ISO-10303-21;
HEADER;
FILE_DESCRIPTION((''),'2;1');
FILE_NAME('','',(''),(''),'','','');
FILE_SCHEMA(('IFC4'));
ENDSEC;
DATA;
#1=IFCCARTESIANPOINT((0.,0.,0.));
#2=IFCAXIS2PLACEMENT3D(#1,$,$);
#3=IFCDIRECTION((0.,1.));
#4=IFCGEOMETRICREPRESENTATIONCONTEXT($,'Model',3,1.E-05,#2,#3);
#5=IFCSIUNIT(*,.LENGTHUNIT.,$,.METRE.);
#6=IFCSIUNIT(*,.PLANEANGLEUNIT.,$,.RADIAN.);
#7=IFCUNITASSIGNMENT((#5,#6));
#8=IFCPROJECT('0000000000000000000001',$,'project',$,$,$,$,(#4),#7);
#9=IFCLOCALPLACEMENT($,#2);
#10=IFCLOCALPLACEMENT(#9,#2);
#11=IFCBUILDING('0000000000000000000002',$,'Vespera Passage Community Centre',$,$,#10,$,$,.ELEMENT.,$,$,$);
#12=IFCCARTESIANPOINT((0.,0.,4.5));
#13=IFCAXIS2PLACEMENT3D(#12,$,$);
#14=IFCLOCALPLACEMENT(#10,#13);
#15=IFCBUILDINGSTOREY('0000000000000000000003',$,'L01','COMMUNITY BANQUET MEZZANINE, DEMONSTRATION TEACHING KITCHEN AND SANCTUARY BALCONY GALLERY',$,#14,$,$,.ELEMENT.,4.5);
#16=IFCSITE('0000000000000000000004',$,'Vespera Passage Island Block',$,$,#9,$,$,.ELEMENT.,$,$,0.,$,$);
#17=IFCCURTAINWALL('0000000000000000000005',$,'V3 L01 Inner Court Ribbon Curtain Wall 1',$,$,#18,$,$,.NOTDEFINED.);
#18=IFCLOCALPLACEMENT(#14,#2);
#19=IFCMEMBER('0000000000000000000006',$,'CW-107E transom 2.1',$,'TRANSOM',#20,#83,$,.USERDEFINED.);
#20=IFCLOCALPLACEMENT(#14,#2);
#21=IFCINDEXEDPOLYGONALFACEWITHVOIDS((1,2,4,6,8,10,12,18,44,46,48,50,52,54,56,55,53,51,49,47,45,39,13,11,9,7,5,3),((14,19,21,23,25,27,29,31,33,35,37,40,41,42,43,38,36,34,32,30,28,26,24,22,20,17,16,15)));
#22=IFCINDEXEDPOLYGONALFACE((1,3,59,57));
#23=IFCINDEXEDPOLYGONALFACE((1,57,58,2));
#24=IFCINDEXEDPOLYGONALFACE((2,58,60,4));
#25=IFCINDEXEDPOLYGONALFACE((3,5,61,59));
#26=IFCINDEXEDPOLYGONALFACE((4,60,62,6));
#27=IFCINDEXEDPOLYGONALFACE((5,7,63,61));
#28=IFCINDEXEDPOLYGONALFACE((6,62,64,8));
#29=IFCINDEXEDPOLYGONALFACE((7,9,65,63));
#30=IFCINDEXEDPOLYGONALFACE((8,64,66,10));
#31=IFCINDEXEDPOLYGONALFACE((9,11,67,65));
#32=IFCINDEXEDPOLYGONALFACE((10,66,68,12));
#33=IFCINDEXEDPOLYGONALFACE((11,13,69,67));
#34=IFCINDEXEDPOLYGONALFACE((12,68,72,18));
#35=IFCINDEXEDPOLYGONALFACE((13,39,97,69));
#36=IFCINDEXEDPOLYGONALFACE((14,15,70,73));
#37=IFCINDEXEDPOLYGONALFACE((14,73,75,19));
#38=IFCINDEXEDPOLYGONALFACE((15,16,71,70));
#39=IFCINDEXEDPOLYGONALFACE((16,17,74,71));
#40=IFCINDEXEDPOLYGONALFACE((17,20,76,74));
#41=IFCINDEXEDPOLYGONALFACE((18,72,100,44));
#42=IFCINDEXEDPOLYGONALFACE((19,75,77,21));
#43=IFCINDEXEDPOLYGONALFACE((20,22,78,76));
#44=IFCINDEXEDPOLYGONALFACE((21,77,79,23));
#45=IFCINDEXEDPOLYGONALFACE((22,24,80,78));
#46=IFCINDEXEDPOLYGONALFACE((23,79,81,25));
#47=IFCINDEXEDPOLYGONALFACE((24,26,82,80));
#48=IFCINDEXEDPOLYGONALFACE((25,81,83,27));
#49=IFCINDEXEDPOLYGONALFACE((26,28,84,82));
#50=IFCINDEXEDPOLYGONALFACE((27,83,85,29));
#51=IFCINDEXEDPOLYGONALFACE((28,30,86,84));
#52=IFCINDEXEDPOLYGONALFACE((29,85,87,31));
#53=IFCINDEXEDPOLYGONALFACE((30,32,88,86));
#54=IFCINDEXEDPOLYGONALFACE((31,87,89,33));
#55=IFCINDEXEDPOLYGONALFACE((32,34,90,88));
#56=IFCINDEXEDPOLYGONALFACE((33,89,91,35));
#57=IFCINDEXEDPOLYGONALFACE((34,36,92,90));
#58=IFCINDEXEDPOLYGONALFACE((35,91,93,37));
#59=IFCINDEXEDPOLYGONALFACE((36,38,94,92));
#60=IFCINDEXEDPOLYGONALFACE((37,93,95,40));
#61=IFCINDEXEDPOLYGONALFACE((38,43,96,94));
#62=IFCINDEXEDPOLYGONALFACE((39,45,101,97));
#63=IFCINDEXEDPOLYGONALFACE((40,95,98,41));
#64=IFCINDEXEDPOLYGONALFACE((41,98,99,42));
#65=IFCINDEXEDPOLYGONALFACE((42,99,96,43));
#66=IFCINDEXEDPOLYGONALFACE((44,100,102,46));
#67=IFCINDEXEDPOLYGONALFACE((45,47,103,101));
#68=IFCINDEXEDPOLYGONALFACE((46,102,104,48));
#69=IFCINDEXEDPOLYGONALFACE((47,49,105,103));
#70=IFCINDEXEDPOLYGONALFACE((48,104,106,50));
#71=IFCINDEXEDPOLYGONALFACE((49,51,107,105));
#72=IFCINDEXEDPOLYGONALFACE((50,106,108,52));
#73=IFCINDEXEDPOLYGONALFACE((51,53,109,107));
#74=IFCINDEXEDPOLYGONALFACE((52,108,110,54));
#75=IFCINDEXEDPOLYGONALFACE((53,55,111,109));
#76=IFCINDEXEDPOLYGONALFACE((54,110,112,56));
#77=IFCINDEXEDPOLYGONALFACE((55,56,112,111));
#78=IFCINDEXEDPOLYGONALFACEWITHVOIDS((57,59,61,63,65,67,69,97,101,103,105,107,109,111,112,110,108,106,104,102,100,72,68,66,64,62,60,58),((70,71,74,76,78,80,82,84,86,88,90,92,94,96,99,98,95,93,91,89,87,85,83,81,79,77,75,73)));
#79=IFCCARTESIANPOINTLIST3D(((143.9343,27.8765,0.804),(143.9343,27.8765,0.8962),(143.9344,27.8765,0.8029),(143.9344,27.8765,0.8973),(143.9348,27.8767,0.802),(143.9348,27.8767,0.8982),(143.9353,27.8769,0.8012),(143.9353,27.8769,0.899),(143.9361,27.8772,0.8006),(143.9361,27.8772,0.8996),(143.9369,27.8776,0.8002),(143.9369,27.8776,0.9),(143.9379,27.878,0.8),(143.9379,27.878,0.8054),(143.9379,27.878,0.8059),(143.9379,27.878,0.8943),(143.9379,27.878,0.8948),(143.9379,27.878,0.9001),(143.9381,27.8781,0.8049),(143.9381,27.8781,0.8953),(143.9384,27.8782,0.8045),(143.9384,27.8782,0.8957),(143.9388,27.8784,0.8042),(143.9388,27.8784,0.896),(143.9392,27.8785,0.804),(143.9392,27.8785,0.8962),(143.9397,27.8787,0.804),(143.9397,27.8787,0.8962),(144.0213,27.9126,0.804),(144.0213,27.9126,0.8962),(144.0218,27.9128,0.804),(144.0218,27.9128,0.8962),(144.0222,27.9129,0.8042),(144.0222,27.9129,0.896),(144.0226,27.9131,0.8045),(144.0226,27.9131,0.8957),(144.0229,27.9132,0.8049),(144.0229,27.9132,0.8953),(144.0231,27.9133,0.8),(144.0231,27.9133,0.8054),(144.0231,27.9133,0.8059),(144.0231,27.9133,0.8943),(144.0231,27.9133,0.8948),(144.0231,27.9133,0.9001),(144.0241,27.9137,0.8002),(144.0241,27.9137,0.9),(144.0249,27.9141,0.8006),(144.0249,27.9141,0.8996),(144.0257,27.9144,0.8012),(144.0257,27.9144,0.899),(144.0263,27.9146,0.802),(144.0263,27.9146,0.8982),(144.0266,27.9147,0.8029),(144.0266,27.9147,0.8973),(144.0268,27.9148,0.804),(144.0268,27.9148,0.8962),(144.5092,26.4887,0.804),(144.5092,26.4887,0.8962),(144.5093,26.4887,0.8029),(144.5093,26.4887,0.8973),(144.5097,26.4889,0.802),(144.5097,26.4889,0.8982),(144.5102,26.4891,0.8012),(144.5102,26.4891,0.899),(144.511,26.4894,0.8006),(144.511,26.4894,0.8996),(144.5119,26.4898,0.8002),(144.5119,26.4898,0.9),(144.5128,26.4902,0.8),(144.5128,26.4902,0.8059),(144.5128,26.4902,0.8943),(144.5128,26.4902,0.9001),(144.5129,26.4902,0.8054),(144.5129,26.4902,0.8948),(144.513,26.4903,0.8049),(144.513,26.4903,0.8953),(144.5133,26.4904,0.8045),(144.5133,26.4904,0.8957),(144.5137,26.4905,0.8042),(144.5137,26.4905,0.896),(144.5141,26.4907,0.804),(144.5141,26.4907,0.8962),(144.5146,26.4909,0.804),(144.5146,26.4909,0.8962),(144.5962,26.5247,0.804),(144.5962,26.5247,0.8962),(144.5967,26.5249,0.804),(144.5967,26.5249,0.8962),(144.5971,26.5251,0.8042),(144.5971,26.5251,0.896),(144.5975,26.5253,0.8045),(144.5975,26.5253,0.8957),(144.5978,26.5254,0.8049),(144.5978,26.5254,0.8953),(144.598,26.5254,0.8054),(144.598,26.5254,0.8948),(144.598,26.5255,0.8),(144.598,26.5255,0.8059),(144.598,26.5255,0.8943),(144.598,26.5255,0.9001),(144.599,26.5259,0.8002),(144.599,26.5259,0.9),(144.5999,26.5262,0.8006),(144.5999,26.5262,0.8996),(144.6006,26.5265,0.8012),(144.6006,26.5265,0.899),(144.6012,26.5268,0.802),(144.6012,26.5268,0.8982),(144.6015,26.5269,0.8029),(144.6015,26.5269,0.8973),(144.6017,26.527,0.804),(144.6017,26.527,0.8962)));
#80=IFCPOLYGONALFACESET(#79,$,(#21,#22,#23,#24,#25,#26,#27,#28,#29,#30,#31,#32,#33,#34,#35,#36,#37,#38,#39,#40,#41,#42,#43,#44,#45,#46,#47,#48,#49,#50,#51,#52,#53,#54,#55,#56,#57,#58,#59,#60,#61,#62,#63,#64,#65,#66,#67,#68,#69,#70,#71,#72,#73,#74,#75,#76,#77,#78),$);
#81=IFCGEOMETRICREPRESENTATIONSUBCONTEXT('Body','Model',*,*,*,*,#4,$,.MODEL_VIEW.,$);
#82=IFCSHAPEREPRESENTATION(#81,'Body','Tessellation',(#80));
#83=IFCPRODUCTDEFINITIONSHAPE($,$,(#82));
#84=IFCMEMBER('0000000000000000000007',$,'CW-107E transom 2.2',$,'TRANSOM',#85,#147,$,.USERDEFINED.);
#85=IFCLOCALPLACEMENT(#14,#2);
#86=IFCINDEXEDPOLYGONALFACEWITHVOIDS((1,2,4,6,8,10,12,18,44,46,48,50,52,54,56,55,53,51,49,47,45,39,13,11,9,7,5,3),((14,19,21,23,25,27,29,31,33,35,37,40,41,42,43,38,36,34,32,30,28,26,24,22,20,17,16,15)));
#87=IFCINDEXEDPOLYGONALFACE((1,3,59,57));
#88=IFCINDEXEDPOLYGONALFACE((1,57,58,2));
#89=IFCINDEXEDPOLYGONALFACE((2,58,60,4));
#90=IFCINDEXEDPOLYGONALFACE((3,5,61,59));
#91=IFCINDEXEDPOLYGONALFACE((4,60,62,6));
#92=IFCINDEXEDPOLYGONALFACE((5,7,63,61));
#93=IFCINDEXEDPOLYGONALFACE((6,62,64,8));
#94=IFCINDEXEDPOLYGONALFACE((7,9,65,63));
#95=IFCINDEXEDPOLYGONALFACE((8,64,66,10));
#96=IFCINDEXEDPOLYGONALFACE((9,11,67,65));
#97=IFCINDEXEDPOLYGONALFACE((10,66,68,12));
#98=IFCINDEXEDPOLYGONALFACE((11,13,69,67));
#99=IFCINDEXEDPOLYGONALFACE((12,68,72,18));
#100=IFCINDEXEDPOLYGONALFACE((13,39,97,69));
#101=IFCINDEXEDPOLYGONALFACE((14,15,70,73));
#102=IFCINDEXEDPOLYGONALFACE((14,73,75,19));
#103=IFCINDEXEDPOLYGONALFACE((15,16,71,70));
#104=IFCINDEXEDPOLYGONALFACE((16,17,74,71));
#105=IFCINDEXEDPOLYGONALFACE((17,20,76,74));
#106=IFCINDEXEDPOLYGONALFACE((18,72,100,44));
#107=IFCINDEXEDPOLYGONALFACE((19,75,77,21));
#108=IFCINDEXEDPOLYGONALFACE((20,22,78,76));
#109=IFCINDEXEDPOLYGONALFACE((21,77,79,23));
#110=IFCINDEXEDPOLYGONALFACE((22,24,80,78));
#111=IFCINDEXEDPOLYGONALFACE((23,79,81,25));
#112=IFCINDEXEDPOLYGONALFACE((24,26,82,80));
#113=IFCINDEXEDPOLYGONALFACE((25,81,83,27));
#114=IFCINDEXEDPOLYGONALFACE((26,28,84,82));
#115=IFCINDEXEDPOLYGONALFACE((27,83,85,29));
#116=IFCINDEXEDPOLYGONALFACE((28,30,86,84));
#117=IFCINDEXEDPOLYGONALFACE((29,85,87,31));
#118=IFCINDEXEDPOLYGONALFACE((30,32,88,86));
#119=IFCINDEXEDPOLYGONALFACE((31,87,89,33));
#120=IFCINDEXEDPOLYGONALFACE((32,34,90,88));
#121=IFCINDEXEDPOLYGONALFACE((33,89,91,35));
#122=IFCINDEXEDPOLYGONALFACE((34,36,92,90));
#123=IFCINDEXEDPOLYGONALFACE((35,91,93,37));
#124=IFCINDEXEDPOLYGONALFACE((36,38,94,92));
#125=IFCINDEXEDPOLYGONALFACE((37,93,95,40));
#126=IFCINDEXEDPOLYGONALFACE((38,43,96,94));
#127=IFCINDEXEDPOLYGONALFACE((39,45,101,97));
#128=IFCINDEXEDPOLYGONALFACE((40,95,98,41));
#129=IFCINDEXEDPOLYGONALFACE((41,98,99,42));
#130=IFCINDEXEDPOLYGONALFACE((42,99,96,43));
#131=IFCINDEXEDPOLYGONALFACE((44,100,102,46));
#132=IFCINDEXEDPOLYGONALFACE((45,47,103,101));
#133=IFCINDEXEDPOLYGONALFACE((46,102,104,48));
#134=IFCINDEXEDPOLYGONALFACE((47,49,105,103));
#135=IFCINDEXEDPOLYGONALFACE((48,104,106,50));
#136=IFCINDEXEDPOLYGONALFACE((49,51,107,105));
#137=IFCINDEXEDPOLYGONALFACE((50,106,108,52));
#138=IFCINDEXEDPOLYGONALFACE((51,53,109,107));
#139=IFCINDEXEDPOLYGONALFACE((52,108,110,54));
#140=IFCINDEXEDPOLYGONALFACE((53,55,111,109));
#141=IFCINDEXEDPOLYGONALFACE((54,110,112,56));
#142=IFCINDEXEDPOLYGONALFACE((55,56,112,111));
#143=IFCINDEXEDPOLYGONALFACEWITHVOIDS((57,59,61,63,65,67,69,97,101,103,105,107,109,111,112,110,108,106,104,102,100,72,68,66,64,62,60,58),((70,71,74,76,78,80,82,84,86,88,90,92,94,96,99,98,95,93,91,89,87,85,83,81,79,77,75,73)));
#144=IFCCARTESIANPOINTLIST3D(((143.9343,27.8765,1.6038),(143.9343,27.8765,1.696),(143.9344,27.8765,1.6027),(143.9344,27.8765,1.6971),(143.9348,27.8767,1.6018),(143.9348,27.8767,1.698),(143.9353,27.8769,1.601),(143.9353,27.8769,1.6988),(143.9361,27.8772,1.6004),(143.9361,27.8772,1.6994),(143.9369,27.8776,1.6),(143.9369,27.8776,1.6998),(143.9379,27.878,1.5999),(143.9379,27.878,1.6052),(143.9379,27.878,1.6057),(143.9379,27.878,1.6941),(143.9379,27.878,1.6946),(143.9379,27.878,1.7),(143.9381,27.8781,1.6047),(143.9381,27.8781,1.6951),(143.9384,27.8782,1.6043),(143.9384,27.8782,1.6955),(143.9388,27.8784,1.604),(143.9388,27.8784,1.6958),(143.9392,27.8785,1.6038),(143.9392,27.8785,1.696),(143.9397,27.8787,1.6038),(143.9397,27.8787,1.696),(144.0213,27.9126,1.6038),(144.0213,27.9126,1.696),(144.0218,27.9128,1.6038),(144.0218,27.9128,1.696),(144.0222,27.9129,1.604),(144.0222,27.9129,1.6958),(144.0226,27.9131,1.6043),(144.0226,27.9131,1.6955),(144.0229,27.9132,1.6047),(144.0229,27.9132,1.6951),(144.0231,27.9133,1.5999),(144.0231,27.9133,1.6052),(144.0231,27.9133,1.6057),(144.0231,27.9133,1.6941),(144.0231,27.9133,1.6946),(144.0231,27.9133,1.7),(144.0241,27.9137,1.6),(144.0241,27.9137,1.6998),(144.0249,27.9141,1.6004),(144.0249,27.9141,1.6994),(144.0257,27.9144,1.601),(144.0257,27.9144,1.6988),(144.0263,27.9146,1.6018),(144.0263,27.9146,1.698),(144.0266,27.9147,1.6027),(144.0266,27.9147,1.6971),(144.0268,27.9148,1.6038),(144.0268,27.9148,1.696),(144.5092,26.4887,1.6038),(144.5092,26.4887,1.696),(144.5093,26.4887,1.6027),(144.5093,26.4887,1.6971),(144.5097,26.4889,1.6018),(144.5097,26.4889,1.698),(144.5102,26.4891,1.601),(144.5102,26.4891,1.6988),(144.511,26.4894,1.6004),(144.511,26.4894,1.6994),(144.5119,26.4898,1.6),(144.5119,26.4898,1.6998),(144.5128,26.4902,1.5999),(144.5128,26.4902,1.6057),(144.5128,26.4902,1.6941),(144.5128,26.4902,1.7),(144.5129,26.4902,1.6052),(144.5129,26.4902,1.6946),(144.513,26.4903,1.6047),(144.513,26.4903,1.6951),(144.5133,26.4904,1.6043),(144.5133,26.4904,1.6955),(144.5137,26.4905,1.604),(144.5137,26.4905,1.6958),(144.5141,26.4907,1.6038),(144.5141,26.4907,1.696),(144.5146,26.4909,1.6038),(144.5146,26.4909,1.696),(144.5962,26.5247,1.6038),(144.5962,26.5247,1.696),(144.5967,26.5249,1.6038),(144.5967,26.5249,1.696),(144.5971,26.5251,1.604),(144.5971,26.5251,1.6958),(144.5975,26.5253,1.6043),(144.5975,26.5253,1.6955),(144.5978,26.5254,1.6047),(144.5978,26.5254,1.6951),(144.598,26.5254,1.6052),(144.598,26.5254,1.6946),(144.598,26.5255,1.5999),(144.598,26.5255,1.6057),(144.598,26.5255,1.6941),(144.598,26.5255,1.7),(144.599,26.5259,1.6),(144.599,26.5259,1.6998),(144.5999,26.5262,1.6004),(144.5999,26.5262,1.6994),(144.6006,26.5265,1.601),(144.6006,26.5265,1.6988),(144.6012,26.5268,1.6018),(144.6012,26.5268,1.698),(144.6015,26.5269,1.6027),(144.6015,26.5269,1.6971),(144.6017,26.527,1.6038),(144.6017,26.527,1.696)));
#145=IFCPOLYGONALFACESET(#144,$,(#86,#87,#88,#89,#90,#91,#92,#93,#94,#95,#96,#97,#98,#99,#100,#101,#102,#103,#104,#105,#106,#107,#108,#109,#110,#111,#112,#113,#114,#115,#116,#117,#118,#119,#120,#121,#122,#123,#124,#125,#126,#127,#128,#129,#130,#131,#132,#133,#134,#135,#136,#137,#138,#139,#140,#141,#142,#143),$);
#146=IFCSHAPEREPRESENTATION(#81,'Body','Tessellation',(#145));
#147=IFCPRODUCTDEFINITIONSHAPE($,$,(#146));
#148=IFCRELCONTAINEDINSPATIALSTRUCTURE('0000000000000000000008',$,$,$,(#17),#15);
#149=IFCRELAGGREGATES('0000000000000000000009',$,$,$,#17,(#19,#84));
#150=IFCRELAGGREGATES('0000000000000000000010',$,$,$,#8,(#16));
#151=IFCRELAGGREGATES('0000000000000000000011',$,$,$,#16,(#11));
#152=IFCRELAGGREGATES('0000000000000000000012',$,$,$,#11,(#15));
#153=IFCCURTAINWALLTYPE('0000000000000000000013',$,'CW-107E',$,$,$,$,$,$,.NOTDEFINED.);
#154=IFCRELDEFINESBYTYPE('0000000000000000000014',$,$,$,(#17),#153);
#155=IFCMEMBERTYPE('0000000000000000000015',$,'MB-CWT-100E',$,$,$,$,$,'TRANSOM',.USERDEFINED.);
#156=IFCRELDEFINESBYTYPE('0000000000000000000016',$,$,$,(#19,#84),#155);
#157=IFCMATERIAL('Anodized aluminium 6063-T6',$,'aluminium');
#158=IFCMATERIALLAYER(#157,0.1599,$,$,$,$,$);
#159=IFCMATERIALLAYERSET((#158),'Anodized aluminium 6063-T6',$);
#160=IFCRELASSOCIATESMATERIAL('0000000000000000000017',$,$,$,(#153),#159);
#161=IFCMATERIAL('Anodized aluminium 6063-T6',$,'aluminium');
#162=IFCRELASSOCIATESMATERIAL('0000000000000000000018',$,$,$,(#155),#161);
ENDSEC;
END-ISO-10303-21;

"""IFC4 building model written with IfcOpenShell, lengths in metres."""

from ifc_helpers import new_model, si_unit, direction, frame, origin, origin_2d, place, context, subcontext, project, spatial, hollow_rectangle, extrude, material, layer, layer_set, material_profile, profile_set, type_object, element, aggregate, save


model = new_model("IFC4")

# Units and contexts
model_context = context("Model", 3, precision=1e-05, world=origin(), true_north=direction((0.0, 1.0)))
body_context = subcontext(model_context, "Body", "Model", "MODEL_VIEW")
ifc_project = project(units=[si_unit("LENGTHUNIT", "METRE"), si_unit("PLANEANGLEUNIT", "RADIAN")], contexts=[model_context])

# Site, building, storey
site_placement = place(None, origin())
site = spatial("IfcSite", under=ifc_project, at=site_placement, Name="Vespera Passage Island Block", CompositionType="ELEMENT", RefElevation=0.0)
building_placement = place(site_placement, origin())
building = spatial("IfcBuilding", under=site, at=building_placement, Name="Vespera Passage Community Centre", CompositionType="ELEMENT")
storey_placement = place(building_placement, frame((0.0, 0.0, 4.5)))
storey = spatial("IfcBuildingStorey", under=building, at=storey_placement, Name="L01", Description="COMMUNITY BANQUET MEZZANINE, DEMONSTRATION TEACHING KITCHEN AND SANCTUARY BALCONY GALLERY", CompositionType="ELEMENT", Elevation=4.5)

# Curtain wall
ifc_material_1 = material(Name="Anodized aluminium 6063-T6", Category="aluminium")
ifc_layer_1 = layer(ifc_material_1, 0.1599)
ifc_layer_set_1 = layer_set([ifc_layer_1], Name="Anodized aluminium 6063-T6")
curtain_wall_type = type_object("IfcCurtainWallType", Name="CW-107E", PredefinedType="NOTDEFINED", material=ifc_layer_set_1)
curtain_wall_1_placement = place(storey_placement, origin())
curtain_wall_1 = element("IfcCurtainWall", 1, at=curtain_wall_1_placement, inside=storey, type_object=curtain_wall_type, Name="V3 L01 Inner Court Ribbon Curtain Wall 1", PredefinedType="NOTDEFINED")

# Members
ifc_material_2 = material(Name="Anodized aluminium 6063-T6", Category="aluminium")
ifc_material_profile_1 = material_profile(ifc_material_2, hollow_rectangle(XDim=0.1001, YDim=0.1001, WallThickness=0.0039, InnerFilletRadius=0.002, OuterFilletRadius=0.0039, at=origin_2d()), Name="ALU100X100X4")
ifc_profile_set_1 = profile_set([ifc_material_profile_1], Name="Anodized aluminium 6063-T6")
member_type_1 = type_object("IfcMemberType", Name="MB-CWT-100E", ElementType="TRANSOM", PredefinedType="USERDEFINED", material=ifc_profile_set_1)
member_1_placement = place(storey_placement, frame((144.5554, 26.5078, 0.8501), z_axis=(-0.382711, 0.923868, 0.0), x_axis=(-0.923868, -0.382711, 0.0)))
member_1 = element("IfcMember", 2, at=member_1_placement, type_object=member_type_1, Name="CW-107E transom 2.1", ObjectType="TRANSOM", PredefinedType="USERDEFINED", context=body_context, shape_type="SweptSolid", body=[
    extrude(hollow_rectangle(XDim=0.1001, YDim=0.1001, WallThickness=0.0039, InnerFilletRadius=0.002, OuterFilletRadius=0.0039, at=origin_2d()), origin(), (0.0, 0.0, 1.0), 1.5022),
])
member_2_placement = place(storey_placement, frame((144.5554, 26.5078, 1.6499), z_axis=(-0.382711, 0.923868, 0.0), x_axis=(-0.923868, -0.382711, 0.0)))
member_2 = element("IfcMember", 3, at=member_2_placement, type_object=member_type_1, Name="CW-107E transom 2.2", ObjectType="TRANSOM", PredefinedType="USERDEFINED", context=body_context, shape_type="SweptSolid", body=[
    extrude(hollow_rectangle(XDim=0.1001, YDim=0.1001, WallThickness=0.0039, InnerFilletRadius=0.002, OuterFilletRadius=0.0039, at=origin_2d()), origin(), (0.0, 0.0, 1.0), 1.5022),
])

aggregate(curtain_wall_1, [member_1, member_2])

save(model, "model.ifc")
